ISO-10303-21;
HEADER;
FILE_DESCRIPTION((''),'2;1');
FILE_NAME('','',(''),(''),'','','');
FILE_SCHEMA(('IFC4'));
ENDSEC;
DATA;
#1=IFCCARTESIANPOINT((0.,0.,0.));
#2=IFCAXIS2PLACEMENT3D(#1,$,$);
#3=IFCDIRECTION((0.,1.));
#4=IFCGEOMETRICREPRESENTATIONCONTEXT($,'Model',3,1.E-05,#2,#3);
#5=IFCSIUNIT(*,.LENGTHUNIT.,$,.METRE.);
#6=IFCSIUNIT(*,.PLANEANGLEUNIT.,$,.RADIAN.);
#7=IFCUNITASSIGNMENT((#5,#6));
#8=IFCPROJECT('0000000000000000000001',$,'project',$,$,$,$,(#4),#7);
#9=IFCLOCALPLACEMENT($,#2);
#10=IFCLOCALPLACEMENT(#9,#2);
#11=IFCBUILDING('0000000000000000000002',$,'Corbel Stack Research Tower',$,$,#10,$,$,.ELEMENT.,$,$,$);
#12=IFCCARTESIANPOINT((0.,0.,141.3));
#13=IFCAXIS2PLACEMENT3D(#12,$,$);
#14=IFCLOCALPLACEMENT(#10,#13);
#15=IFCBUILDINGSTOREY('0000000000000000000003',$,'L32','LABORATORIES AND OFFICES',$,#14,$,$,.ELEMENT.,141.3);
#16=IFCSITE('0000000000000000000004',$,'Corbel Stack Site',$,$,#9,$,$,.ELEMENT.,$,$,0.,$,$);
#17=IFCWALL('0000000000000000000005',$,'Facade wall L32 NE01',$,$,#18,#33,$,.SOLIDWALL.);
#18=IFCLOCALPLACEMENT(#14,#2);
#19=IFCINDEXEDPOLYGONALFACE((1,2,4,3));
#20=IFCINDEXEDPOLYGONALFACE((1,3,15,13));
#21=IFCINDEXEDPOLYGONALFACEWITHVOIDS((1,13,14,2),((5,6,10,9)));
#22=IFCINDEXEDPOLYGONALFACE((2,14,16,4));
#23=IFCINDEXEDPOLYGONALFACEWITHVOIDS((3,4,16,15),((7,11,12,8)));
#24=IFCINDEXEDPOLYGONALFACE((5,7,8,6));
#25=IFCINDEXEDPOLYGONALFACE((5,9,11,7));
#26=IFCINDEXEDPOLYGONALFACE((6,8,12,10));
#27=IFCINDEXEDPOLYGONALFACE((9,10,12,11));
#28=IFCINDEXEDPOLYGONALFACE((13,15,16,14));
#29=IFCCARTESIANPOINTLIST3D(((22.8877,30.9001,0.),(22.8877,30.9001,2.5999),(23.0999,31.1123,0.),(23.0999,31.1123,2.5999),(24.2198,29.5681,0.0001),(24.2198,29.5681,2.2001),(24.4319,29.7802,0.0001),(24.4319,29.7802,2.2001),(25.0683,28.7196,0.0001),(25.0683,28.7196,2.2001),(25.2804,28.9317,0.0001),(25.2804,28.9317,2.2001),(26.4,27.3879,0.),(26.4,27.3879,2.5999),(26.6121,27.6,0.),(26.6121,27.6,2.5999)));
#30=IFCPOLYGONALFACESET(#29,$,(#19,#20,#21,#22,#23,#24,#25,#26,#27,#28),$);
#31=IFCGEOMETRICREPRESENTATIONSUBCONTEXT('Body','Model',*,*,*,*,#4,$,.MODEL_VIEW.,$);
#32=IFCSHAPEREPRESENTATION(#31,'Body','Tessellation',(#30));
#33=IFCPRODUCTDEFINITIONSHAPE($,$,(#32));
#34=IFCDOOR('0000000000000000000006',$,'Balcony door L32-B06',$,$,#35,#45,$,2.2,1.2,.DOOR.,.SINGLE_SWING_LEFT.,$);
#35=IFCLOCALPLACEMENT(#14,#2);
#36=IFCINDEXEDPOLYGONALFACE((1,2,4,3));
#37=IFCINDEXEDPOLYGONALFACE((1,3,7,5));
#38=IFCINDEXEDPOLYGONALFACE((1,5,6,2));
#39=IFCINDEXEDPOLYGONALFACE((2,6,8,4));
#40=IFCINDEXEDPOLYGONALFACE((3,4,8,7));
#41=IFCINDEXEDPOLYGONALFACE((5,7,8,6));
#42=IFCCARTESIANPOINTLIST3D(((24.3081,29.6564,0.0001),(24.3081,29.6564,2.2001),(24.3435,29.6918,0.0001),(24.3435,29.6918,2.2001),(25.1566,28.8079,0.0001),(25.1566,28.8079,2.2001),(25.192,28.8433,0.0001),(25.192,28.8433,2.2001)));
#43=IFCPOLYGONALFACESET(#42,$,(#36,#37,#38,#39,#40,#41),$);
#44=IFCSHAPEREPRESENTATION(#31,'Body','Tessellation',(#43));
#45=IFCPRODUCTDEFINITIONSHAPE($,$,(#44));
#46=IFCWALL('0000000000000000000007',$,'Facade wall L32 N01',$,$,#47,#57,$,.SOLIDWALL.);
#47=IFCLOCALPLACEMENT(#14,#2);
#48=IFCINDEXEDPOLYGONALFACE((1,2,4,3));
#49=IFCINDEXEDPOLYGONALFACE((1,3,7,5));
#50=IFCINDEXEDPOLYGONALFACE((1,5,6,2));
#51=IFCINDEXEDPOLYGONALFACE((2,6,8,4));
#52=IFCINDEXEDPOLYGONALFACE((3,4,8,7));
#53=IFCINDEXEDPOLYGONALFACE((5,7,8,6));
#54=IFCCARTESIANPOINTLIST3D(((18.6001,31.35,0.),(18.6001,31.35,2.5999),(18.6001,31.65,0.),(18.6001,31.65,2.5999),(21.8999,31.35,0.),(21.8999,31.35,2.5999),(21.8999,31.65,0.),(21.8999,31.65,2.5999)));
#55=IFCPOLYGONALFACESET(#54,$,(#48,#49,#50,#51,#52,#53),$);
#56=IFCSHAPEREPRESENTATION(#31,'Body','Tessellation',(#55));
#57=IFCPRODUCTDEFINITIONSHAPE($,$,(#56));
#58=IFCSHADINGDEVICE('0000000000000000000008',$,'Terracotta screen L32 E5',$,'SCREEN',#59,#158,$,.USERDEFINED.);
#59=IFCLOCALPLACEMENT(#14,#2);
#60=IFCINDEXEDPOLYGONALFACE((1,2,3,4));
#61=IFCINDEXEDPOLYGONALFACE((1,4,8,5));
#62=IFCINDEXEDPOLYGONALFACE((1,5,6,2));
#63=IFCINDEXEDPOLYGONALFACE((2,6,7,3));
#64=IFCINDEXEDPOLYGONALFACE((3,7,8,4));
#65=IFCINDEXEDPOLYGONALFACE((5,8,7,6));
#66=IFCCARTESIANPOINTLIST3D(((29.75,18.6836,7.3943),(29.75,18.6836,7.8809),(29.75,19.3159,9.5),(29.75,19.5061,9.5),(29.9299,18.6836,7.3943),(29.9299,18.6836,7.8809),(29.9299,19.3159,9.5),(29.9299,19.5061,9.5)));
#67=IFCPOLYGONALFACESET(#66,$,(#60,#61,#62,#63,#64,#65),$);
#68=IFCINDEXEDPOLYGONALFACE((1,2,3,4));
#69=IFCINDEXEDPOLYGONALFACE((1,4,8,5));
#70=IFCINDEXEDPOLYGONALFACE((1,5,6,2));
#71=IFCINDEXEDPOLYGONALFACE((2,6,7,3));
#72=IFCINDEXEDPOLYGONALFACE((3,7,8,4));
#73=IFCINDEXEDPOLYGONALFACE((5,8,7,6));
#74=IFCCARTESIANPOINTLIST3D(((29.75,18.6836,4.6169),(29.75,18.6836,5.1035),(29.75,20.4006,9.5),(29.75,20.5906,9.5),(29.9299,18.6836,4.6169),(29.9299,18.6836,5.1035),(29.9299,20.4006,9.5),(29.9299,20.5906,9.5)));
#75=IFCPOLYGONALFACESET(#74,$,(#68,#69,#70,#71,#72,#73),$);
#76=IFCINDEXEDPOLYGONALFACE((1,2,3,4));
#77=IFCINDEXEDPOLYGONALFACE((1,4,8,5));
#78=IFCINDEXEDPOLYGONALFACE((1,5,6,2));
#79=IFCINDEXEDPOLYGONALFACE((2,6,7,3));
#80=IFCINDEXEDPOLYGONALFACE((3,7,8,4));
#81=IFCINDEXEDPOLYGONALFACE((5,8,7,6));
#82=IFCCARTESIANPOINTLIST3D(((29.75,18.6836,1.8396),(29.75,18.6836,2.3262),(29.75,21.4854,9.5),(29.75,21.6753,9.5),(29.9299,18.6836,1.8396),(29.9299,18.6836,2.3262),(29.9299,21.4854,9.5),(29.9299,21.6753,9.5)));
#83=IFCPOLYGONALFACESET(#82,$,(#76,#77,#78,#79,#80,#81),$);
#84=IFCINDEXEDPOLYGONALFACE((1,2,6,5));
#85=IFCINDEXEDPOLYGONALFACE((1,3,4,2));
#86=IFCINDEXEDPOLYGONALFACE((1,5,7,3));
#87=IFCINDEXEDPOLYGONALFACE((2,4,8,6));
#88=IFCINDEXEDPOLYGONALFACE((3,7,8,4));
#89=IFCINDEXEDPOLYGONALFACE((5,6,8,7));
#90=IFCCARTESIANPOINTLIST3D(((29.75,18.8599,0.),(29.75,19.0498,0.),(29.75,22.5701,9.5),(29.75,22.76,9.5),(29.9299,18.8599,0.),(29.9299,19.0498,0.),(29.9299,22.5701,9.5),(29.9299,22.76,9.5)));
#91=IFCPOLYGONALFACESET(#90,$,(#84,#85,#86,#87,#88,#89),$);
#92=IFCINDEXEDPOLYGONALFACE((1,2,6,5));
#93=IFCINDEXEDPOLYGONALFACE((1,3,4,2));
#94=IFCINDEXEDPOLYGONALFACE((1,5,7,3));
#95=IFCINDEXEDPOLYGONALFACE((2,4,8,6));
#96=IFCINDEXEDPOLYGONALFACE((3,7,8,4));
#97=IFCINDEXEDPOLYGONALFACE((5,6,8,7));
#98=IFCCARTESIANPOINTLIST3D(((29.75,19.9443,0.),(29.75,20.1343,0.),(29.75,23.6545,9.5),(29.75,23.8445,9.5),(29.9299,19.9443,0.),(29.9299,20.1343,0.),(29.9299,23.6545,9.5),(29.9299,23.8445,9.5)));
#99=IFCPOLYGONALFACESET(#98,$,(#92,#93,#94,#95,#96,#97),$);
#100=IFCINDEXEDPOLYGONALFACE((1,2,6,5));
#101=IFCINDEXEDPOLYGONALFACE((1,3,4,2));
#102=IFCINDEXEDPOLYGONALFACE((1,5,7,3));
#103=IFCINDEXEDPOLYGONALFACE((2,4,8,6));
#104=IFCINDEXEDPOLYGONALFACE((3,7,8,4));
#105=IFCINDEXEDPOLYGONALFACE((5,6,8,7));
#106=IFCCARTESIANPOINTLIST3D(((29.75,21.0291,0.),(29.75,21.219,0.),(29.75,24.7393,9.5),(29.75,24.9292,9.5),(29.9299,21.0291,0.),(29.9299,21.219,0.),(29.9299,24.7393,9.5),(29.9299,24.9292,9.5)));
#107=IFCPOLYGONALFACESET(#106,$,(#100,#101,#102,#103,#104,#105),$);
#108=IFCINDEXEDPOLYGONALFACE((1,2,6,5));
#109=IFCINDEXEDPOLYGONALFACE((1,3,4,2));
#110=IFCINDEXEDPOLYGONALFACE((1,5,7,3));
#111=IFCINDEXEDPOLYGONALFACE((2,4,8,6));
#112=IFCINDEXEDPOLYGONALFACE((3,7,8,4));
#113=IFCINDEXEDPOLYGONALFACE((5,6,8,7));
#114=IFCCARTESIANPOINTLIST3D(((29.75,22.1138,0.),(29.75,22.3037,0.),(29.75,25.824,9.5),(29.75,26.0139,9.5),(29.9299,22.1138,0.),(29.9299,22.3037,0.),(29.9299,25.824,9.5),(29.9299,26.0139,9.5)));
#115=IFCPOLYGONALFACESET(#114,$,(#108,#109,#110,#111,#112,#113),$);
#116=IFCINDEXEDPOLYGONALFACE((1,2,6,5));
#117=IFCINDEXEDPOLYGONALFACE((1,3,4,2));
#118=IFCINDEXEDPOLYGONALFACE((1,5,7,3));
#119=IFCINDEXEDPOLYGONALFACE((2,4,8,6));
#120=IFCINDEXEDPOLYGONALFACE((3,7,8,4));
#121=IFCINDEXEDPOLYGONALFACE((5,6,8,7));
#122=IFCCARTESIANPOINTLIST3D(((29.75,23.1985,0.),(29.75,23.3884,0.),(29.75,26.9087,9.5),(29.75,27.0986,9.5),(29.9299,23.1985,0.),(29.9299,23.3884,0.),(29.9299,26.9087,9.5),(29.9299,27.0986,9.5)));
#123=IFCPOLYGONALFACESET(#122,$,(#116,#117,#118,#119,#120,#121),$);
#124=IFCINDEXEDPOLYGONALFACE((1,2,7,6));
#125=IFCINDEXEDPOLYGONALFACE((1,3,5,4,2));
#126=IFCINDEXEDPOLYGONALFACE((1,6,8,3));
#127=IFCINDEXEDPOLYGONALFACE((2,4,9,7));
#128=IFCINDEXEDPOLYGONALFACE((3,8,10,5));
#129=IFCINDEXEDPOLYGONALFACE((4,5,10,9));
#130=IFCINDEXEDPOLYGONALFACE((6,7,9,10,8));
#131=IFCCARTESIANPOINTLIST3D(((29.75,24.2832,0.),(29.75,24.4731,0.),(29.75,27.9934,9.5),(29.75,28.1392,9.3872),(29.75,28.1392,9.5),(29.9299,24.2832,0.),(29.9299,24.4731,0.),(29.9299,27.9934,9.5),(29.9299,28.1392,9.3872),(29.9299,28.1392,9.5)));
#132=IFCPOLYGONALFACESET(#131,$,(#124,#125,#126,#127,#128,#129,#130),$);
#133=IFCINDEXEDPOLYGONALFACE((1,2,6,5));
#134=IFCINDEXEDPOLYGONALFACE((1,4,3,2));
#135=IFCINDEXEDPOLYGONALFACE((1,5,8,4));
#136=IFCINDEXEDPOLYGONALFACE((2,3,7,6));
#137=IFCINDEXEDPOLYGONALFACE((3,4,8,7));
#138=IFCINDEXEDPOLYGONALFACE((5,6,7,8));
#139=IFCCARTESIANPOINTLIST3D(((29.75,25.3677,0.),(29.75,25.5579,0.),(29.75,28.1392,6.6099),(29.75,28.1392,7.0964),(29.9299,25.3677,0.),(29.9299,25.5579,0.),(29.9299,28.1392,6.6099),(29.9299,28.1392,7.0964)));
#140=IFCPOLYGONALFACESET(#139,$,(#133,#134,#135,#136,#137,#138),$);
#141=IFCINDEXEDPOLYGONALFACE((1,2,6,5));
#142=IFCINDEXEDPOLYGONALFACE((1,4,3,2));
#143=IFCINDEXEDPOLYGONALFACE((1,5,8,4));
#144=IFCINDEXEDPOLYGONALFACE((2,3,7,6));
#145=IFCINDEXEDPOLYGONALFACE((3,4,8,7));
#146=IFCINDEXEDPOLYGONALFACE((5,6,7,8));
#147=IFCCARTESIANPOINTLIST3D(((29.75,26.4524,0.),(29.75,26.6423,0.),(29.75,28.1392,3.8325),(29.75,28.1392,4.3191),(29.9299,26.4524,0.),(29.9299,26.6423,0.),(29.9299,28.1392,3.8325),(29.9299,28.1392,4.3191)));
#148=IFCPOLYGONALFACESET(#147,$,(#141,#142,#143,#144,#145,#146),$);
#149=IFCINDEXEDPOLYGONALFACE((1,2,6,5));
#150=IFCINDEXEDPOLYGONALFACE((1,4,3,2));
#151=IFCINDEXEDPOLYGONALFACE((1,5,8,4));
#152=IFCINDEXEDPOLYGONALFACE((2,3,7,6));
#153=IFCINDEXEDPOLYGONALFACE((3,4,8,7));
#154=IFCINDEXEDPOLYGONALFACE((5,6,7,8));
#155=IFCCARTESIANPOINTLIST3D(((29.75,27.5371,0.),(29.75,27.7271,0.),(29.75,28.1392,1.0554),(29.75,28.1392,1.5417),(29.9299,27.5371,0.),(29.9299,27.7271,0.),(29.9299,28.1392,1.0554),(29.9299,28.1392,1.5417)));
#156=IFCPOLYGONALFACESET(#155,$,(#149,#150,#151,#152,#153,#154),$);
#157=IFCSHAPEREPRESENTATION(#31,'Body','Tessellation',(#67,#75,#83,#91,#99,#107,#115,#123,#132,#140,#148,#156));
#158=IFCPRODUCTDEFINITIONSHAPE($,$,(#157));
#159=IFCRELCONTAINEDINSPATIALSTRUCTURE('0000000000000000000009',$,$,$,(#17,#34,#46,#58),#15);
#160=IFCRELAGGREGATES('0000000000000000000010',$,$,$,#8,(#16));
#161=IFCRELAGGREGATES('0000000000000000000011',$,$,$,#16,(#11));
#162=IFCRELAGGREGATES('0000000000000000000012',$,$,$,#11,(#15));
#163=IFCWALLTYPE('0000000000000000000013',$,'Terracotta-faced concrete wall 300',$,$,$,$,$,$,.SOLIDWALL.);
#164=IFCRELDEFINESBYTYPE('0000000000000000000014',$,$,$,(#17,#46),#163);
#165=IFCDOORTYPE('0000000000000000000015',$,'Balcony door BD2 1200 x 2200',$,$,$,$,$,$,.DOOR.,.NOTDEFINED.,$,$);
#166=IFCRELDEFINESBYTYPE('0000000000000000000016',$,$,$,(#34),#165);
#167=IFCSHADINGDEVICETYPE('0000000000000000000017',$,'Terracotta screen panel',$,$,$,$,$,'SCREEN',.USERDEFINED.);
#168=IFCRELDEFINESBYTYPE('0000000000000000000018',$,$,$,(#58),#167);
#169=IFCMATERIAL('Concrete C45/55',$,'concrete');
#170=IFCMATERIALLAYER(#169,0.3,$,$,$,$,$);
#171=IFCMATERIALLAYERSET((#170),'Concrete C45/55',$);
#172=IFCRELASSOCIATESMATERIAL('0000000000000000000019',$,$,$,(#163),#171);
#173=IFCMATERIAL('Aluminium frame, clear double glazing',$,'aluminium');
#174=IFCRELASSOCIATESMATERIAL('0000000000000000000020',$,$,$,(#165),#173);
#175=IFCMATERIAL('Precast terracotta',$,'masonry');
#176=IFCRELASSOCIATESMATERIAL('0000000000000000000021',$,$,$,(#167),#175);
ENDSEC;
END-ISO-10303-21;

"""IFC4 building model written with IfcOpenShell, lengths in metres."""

from ifc_helpers import new_model, si_unit, direction, frame, frame_2d, origin, place, context, subcontext, project, spatial, polyline, rectangle, outline, extrude, source, transform, mapped, material, layer, layer_set, type_object, element, fill, save


model = new_model("IFC4")

# Units and contexts
model_context = context("Model", 3, precision=1e-05, world=origin(), true_north=direction((0.0, 1.0)))
body_context = subcontext(model_context, "Body", "Model", "MODEL_VIEW")
ifc_project = project(units=[si_unit("LENGTHUNIT", "METRE"), si_unit("PLANEANGLEUNIT", "RADIAN")], contexts=[model_context])

# Site, building, storey
site_placement = place(None, origin())
site = spatial("IfcSite", under=ifc_project, at=site_placement, Name="Corbel Stack Site", CompositionType="ELEMENT", RefElevation=0.0)
building_placement = place(site_placement, origin())
building = spatial("IfcBuilding", under=site, at=building_placement, Name="Corbel Stack Research Tower", CompositionType="ELEMENT")
storey_placement = place(building_placement, frame((0.0, 0.0, 141.3)))
storey = spatial("IfcBuildingStorey", under=building, at=storey_placement, Name="L32", Description="LABORATORIES AND OFFICES", CompositionType="ELEMENT", Elevation=141.3)

# Shared definitions
ifc_material_1 = material(Name="Concrete C45/55", Category="concrete")
ifc_layer_1 = layer(ifc_material_1, 0.3)
ifc_layer_set_1 = layer_set([ifc_layer_1], Name="Concrete C45/55")
wall_type_1 = type_object("IfcWallType", Name="Terracotta-faced concrete wall 300", PredefinedType="SOLIDWALL", material=ifc_layer_set_1)

# Wall, opening, door
wall_1_placement = place(storey_placement, frame((22.9939, 31.0061, 0.0), z_axis=(0.0, 0.0, 1.0), x_axis=(0.707107, -0.707107, 0.0)))
wall_1 = element("IfcWall", 1, at=wall_1_placement, inside=storey, type_object=wall_type_1, Name="Facade wall L32 NE01", PredefinedType="SOLIDWALL", context=body_context, shape_type="SweptSolid", body=[
    extrude(rectangle(XDim=4.967, YDim=0.3, at=frame_2d((2.4834, 0.0))), origin(), (0.0, 0.0, 1.0), 2.5999),
])
opening_1_placement = place(wall_1_placement, frame((1.8835, 0.0, 0.0)))
opening_1 = element("IfcOpeningElement", 2, at=opening_1_placement, cuts=wall_1, PredefinedType="OPENING", context=body_context, shape_type="SweptSolid", body=[
    extrude(rectangle(XDim=1.2, YDim=2.2, at=frame_2d((0.6001, 1.1001))), frame((0.0, 0.1599, 0.0), z_axis=(0.0, -1.0, 0.0), x_axis=(1.0, 0.0, 0.0)), (0.0, 0.0, 1.0), 0.3201),
])
ifc_material_2 = material(Name="Aluminium frame, clear double glazing", Category="aluminium")
door_type_1 = type_object("IfcDoorType", Name="Balcony door BD2 1200 x 2200", OperationType="NOTDEFINED", PredefinedType="DOOR", material=ifc_material_2)
door_1_placement = place(opening_1_placement, origin())
door_1 = element("IfcDoor", 3, at=door_1_placement, inside=storey, type_object=door_type_1, Name="Balcony door L32-B06", OperationType="SINGLE_SWING_LEFT", OverallHeight=2.2, OverallWidth=1.2, PredefinedType="DOOR", context=body_context, shape_type="SweptSolid", body=[
    extrude(rectangle(XDim=1.2, YDim=2.2, at=frame_2d((0.6001, 1.1001))), frame((0.0, 0.0249, 0.0), z_axis=(0.0, -1.0, 0.0), x_axis=(1.0, 0.0, 0.0)), (0.0, 0.0, 1.0), 0.05),
])
fill(opening_1, door_1)

# Wall
wall_2_placement = place(storey_placement, frame((18.6001, 31.5, 0.0), z_axis=(0.0, 0.0, 1.0), x_axis=(1.0, 0.0, 0.0)))
element("IfcWall", 4, at=wall_2_placement, inside=storey, type_object=wall_type_1, Name="Facade wall L32 N01", PredefinedType="SOLIDWALL", context=body_context, shape_type="SweptSolid", body=[
    extrude(rectangle(XDim=3.2998, YDim=0.3, at=frame_2d((1.6499, 0.0))), origin(), (0.0, 0.0, 1.0), 2.5999),
])

# Shading device
ifc_material_3 = material(Name="Precast terracotta", Category="masonry")
shading_device_type = type_object("IfcShadingDeviceType", Name="Terracotta screen panel", ElementType="SCREEN", PredefinedType="USERDEFINED", material=ifc_material_3)
shared_shape_1 = source(origin(), body_context, "Body", "SweptSolid", [
    extrude(outline(polyline([(0.8225, 9.5), (0.6323, 9.5), (0.0, 7.8809), (0.0, 7.3943), (0.8225, 9.5)])), frame((0.0, 0.0, 0.0), z_axis=(0.0, -1.0, 0.0), x_axis=(1.0, 0.0, 0.0)), (0.0, 0.0, 1.0), 0.1799),
    extrude(outline(polyline([(1.907, 9.5), (1.717, 9.5), (0.0, 5.1035), (0.0, 4.6169), (1.907, 9.5)])), frame((0.0, 0.0, 0.0), z_axis=(0.0, -1.0, 0.0), x_axis=(1.0, 0.0, 0.0)), (0.0, 0.0, 1.0), 0.1799),
    extrude(outline(polyline([(2.9917, 9.5), (2.8018, 9.5), (0.0, 2.3262), (0.0, 1.8396), (2.9917, 9.5)])), frame((0.0, 0.0, 0.0), z_axis=(0.0, -1.0, 0.0), x_axis=(1.0, 0.0, 0.0)), (0.0, 0.0, 1.0), 0.1799),
    extrude(outline(polyline([(0.3662, 0.0), (4.0764, 9.5), (3.8865, 9.5), (0.1763, 0.0), (0.3662, 0.0)])), frame((0.0, 0.0, 0.0), z_axis=(0.0, -1.0, 0.0), x_axis=(1.0, 0.0, 0.0)), (0.0, 0.0, 1.0), 0.1799),
    extrude(outline(polyline([(1.4507, 0.0), (5.1609, 9.5), (4.9709, 9.5), (1.2607, 0.0), (1.4507, 0.0)])), frame((0.0, 0.0, 0.0), z_axis=(0.0, -1.0, 0.0), x_axis=(1.0, 0.0, 0.0)), (0.0, 0.0, 1.0), 0.1799),
    extrude(outline(polyline([(2.5354, 0.0), (6.2456, 9.5), (6.0557, 9.5), (2.3455, 0.0), (2.5354, 0.0)])), frame((0.0, 0.0, 0.0), z_axis=(0.0, -1.0, 0.0), x_axis=(1.0, 0.0, 0.0)), (0.0, 0.0, 1.0), 0.1799),
    extrude(outline(polyline([(3.6201, 0.0), (7.3303, 9.5), (7.1404, 9.5), (3.4302, 0.0), (3.6201, 0.0)])), frame((0.0, 0.0, 0.0), z_axis=(0.0, -1.0, 0.0), x_axis=(1.0, 0.0, 0.0)), (0.0, 0.0, 1.0), 0.1799),
    extrude(outline(polyline([(4.7048, 0.0), (8.415, 9.5), (8.2251, 9.5), (4.5149, 0.0), (4.7048, 0.0)])), frame((0.0, 0.0, 0.0), z_axis=(0.0, -1.0, 0.0), x_axis=(1.0, 0.0, 0.0)), (0.0, 0.0, 1.0), 0.1799),
    extrude(outline(polyline([(5.7896, 0.0), (9.4556, 9.3872), (9.4556, 9.5), (9.3098, 9.5), (5.5996, 0.0), (5.7896, 0.0)])), frame((0.0, 0.0, 0.0), z_axis=(0.0, -1.0, 0.0), x_axis=(1.0, 0.0, 0.0)), (0.0, 0.0, 1.0), 0.1799),
    extrude(outline(polyline([(6.8743, 0.0), (9.4556, 6.6099), (9.4556, 7.0964), (6.6841, 0.0), (6.8743, 0.0)])), frame((0.0, 0.0, 0.0), z_axis=(0.0, -1.0, 0.0), x_axis=(1.0, 0.0, 0.0)), (0.0, 0.0, 1.0), 0.1799),
    extrude(outline(polyline([(7.9587, 0.0), (9.4556, 3.8325), (9.4556, 4.3191), (7.7688, 0.0), (7.9587, 0.0)])), frame((0.0, 0.0, 0.0), z_axis=(0.0, -1.0, 0.0), x_axis=(1.0, 0.0, 0.0)), (0.0, 0.0, 1.0), 0.1799),
    extrude(outline(polyline([(9.0435, 0.0), (9.4556, 1.0554), (9.4556, 1.5417), (8.8535, 0.0), (9.0435, 0.0)])), frame((0.0, 0.0, 0.0), z_axis=(0.0, -1.0, 0.0), x_axis=(1.0, 0.0, 0.0)), (0.0, 0.0, 1.0), 0.1799),
])
shading_device_1_placement = place(storey_placement, frame((29.75, 18.6836, 0.0), z_axis=(0.0, 0.0, 1.0), x_axis=(0.0, 1.0, 0.0)))
element("IfcShadingDevice", 5, at=shading_device_1_placement, inside=storey, type_object=shading_device_type, Name="Terracotta screen L32 E5", ObjectType="SCREEN", PredefinedType="USERDEFINED", context=body_context, shape_type="MappedRepresentation", body=[
    mapped(shared_shape_1, transform((0.0, 0.0, 0.0))),
])

save(model, "model.ifc")
